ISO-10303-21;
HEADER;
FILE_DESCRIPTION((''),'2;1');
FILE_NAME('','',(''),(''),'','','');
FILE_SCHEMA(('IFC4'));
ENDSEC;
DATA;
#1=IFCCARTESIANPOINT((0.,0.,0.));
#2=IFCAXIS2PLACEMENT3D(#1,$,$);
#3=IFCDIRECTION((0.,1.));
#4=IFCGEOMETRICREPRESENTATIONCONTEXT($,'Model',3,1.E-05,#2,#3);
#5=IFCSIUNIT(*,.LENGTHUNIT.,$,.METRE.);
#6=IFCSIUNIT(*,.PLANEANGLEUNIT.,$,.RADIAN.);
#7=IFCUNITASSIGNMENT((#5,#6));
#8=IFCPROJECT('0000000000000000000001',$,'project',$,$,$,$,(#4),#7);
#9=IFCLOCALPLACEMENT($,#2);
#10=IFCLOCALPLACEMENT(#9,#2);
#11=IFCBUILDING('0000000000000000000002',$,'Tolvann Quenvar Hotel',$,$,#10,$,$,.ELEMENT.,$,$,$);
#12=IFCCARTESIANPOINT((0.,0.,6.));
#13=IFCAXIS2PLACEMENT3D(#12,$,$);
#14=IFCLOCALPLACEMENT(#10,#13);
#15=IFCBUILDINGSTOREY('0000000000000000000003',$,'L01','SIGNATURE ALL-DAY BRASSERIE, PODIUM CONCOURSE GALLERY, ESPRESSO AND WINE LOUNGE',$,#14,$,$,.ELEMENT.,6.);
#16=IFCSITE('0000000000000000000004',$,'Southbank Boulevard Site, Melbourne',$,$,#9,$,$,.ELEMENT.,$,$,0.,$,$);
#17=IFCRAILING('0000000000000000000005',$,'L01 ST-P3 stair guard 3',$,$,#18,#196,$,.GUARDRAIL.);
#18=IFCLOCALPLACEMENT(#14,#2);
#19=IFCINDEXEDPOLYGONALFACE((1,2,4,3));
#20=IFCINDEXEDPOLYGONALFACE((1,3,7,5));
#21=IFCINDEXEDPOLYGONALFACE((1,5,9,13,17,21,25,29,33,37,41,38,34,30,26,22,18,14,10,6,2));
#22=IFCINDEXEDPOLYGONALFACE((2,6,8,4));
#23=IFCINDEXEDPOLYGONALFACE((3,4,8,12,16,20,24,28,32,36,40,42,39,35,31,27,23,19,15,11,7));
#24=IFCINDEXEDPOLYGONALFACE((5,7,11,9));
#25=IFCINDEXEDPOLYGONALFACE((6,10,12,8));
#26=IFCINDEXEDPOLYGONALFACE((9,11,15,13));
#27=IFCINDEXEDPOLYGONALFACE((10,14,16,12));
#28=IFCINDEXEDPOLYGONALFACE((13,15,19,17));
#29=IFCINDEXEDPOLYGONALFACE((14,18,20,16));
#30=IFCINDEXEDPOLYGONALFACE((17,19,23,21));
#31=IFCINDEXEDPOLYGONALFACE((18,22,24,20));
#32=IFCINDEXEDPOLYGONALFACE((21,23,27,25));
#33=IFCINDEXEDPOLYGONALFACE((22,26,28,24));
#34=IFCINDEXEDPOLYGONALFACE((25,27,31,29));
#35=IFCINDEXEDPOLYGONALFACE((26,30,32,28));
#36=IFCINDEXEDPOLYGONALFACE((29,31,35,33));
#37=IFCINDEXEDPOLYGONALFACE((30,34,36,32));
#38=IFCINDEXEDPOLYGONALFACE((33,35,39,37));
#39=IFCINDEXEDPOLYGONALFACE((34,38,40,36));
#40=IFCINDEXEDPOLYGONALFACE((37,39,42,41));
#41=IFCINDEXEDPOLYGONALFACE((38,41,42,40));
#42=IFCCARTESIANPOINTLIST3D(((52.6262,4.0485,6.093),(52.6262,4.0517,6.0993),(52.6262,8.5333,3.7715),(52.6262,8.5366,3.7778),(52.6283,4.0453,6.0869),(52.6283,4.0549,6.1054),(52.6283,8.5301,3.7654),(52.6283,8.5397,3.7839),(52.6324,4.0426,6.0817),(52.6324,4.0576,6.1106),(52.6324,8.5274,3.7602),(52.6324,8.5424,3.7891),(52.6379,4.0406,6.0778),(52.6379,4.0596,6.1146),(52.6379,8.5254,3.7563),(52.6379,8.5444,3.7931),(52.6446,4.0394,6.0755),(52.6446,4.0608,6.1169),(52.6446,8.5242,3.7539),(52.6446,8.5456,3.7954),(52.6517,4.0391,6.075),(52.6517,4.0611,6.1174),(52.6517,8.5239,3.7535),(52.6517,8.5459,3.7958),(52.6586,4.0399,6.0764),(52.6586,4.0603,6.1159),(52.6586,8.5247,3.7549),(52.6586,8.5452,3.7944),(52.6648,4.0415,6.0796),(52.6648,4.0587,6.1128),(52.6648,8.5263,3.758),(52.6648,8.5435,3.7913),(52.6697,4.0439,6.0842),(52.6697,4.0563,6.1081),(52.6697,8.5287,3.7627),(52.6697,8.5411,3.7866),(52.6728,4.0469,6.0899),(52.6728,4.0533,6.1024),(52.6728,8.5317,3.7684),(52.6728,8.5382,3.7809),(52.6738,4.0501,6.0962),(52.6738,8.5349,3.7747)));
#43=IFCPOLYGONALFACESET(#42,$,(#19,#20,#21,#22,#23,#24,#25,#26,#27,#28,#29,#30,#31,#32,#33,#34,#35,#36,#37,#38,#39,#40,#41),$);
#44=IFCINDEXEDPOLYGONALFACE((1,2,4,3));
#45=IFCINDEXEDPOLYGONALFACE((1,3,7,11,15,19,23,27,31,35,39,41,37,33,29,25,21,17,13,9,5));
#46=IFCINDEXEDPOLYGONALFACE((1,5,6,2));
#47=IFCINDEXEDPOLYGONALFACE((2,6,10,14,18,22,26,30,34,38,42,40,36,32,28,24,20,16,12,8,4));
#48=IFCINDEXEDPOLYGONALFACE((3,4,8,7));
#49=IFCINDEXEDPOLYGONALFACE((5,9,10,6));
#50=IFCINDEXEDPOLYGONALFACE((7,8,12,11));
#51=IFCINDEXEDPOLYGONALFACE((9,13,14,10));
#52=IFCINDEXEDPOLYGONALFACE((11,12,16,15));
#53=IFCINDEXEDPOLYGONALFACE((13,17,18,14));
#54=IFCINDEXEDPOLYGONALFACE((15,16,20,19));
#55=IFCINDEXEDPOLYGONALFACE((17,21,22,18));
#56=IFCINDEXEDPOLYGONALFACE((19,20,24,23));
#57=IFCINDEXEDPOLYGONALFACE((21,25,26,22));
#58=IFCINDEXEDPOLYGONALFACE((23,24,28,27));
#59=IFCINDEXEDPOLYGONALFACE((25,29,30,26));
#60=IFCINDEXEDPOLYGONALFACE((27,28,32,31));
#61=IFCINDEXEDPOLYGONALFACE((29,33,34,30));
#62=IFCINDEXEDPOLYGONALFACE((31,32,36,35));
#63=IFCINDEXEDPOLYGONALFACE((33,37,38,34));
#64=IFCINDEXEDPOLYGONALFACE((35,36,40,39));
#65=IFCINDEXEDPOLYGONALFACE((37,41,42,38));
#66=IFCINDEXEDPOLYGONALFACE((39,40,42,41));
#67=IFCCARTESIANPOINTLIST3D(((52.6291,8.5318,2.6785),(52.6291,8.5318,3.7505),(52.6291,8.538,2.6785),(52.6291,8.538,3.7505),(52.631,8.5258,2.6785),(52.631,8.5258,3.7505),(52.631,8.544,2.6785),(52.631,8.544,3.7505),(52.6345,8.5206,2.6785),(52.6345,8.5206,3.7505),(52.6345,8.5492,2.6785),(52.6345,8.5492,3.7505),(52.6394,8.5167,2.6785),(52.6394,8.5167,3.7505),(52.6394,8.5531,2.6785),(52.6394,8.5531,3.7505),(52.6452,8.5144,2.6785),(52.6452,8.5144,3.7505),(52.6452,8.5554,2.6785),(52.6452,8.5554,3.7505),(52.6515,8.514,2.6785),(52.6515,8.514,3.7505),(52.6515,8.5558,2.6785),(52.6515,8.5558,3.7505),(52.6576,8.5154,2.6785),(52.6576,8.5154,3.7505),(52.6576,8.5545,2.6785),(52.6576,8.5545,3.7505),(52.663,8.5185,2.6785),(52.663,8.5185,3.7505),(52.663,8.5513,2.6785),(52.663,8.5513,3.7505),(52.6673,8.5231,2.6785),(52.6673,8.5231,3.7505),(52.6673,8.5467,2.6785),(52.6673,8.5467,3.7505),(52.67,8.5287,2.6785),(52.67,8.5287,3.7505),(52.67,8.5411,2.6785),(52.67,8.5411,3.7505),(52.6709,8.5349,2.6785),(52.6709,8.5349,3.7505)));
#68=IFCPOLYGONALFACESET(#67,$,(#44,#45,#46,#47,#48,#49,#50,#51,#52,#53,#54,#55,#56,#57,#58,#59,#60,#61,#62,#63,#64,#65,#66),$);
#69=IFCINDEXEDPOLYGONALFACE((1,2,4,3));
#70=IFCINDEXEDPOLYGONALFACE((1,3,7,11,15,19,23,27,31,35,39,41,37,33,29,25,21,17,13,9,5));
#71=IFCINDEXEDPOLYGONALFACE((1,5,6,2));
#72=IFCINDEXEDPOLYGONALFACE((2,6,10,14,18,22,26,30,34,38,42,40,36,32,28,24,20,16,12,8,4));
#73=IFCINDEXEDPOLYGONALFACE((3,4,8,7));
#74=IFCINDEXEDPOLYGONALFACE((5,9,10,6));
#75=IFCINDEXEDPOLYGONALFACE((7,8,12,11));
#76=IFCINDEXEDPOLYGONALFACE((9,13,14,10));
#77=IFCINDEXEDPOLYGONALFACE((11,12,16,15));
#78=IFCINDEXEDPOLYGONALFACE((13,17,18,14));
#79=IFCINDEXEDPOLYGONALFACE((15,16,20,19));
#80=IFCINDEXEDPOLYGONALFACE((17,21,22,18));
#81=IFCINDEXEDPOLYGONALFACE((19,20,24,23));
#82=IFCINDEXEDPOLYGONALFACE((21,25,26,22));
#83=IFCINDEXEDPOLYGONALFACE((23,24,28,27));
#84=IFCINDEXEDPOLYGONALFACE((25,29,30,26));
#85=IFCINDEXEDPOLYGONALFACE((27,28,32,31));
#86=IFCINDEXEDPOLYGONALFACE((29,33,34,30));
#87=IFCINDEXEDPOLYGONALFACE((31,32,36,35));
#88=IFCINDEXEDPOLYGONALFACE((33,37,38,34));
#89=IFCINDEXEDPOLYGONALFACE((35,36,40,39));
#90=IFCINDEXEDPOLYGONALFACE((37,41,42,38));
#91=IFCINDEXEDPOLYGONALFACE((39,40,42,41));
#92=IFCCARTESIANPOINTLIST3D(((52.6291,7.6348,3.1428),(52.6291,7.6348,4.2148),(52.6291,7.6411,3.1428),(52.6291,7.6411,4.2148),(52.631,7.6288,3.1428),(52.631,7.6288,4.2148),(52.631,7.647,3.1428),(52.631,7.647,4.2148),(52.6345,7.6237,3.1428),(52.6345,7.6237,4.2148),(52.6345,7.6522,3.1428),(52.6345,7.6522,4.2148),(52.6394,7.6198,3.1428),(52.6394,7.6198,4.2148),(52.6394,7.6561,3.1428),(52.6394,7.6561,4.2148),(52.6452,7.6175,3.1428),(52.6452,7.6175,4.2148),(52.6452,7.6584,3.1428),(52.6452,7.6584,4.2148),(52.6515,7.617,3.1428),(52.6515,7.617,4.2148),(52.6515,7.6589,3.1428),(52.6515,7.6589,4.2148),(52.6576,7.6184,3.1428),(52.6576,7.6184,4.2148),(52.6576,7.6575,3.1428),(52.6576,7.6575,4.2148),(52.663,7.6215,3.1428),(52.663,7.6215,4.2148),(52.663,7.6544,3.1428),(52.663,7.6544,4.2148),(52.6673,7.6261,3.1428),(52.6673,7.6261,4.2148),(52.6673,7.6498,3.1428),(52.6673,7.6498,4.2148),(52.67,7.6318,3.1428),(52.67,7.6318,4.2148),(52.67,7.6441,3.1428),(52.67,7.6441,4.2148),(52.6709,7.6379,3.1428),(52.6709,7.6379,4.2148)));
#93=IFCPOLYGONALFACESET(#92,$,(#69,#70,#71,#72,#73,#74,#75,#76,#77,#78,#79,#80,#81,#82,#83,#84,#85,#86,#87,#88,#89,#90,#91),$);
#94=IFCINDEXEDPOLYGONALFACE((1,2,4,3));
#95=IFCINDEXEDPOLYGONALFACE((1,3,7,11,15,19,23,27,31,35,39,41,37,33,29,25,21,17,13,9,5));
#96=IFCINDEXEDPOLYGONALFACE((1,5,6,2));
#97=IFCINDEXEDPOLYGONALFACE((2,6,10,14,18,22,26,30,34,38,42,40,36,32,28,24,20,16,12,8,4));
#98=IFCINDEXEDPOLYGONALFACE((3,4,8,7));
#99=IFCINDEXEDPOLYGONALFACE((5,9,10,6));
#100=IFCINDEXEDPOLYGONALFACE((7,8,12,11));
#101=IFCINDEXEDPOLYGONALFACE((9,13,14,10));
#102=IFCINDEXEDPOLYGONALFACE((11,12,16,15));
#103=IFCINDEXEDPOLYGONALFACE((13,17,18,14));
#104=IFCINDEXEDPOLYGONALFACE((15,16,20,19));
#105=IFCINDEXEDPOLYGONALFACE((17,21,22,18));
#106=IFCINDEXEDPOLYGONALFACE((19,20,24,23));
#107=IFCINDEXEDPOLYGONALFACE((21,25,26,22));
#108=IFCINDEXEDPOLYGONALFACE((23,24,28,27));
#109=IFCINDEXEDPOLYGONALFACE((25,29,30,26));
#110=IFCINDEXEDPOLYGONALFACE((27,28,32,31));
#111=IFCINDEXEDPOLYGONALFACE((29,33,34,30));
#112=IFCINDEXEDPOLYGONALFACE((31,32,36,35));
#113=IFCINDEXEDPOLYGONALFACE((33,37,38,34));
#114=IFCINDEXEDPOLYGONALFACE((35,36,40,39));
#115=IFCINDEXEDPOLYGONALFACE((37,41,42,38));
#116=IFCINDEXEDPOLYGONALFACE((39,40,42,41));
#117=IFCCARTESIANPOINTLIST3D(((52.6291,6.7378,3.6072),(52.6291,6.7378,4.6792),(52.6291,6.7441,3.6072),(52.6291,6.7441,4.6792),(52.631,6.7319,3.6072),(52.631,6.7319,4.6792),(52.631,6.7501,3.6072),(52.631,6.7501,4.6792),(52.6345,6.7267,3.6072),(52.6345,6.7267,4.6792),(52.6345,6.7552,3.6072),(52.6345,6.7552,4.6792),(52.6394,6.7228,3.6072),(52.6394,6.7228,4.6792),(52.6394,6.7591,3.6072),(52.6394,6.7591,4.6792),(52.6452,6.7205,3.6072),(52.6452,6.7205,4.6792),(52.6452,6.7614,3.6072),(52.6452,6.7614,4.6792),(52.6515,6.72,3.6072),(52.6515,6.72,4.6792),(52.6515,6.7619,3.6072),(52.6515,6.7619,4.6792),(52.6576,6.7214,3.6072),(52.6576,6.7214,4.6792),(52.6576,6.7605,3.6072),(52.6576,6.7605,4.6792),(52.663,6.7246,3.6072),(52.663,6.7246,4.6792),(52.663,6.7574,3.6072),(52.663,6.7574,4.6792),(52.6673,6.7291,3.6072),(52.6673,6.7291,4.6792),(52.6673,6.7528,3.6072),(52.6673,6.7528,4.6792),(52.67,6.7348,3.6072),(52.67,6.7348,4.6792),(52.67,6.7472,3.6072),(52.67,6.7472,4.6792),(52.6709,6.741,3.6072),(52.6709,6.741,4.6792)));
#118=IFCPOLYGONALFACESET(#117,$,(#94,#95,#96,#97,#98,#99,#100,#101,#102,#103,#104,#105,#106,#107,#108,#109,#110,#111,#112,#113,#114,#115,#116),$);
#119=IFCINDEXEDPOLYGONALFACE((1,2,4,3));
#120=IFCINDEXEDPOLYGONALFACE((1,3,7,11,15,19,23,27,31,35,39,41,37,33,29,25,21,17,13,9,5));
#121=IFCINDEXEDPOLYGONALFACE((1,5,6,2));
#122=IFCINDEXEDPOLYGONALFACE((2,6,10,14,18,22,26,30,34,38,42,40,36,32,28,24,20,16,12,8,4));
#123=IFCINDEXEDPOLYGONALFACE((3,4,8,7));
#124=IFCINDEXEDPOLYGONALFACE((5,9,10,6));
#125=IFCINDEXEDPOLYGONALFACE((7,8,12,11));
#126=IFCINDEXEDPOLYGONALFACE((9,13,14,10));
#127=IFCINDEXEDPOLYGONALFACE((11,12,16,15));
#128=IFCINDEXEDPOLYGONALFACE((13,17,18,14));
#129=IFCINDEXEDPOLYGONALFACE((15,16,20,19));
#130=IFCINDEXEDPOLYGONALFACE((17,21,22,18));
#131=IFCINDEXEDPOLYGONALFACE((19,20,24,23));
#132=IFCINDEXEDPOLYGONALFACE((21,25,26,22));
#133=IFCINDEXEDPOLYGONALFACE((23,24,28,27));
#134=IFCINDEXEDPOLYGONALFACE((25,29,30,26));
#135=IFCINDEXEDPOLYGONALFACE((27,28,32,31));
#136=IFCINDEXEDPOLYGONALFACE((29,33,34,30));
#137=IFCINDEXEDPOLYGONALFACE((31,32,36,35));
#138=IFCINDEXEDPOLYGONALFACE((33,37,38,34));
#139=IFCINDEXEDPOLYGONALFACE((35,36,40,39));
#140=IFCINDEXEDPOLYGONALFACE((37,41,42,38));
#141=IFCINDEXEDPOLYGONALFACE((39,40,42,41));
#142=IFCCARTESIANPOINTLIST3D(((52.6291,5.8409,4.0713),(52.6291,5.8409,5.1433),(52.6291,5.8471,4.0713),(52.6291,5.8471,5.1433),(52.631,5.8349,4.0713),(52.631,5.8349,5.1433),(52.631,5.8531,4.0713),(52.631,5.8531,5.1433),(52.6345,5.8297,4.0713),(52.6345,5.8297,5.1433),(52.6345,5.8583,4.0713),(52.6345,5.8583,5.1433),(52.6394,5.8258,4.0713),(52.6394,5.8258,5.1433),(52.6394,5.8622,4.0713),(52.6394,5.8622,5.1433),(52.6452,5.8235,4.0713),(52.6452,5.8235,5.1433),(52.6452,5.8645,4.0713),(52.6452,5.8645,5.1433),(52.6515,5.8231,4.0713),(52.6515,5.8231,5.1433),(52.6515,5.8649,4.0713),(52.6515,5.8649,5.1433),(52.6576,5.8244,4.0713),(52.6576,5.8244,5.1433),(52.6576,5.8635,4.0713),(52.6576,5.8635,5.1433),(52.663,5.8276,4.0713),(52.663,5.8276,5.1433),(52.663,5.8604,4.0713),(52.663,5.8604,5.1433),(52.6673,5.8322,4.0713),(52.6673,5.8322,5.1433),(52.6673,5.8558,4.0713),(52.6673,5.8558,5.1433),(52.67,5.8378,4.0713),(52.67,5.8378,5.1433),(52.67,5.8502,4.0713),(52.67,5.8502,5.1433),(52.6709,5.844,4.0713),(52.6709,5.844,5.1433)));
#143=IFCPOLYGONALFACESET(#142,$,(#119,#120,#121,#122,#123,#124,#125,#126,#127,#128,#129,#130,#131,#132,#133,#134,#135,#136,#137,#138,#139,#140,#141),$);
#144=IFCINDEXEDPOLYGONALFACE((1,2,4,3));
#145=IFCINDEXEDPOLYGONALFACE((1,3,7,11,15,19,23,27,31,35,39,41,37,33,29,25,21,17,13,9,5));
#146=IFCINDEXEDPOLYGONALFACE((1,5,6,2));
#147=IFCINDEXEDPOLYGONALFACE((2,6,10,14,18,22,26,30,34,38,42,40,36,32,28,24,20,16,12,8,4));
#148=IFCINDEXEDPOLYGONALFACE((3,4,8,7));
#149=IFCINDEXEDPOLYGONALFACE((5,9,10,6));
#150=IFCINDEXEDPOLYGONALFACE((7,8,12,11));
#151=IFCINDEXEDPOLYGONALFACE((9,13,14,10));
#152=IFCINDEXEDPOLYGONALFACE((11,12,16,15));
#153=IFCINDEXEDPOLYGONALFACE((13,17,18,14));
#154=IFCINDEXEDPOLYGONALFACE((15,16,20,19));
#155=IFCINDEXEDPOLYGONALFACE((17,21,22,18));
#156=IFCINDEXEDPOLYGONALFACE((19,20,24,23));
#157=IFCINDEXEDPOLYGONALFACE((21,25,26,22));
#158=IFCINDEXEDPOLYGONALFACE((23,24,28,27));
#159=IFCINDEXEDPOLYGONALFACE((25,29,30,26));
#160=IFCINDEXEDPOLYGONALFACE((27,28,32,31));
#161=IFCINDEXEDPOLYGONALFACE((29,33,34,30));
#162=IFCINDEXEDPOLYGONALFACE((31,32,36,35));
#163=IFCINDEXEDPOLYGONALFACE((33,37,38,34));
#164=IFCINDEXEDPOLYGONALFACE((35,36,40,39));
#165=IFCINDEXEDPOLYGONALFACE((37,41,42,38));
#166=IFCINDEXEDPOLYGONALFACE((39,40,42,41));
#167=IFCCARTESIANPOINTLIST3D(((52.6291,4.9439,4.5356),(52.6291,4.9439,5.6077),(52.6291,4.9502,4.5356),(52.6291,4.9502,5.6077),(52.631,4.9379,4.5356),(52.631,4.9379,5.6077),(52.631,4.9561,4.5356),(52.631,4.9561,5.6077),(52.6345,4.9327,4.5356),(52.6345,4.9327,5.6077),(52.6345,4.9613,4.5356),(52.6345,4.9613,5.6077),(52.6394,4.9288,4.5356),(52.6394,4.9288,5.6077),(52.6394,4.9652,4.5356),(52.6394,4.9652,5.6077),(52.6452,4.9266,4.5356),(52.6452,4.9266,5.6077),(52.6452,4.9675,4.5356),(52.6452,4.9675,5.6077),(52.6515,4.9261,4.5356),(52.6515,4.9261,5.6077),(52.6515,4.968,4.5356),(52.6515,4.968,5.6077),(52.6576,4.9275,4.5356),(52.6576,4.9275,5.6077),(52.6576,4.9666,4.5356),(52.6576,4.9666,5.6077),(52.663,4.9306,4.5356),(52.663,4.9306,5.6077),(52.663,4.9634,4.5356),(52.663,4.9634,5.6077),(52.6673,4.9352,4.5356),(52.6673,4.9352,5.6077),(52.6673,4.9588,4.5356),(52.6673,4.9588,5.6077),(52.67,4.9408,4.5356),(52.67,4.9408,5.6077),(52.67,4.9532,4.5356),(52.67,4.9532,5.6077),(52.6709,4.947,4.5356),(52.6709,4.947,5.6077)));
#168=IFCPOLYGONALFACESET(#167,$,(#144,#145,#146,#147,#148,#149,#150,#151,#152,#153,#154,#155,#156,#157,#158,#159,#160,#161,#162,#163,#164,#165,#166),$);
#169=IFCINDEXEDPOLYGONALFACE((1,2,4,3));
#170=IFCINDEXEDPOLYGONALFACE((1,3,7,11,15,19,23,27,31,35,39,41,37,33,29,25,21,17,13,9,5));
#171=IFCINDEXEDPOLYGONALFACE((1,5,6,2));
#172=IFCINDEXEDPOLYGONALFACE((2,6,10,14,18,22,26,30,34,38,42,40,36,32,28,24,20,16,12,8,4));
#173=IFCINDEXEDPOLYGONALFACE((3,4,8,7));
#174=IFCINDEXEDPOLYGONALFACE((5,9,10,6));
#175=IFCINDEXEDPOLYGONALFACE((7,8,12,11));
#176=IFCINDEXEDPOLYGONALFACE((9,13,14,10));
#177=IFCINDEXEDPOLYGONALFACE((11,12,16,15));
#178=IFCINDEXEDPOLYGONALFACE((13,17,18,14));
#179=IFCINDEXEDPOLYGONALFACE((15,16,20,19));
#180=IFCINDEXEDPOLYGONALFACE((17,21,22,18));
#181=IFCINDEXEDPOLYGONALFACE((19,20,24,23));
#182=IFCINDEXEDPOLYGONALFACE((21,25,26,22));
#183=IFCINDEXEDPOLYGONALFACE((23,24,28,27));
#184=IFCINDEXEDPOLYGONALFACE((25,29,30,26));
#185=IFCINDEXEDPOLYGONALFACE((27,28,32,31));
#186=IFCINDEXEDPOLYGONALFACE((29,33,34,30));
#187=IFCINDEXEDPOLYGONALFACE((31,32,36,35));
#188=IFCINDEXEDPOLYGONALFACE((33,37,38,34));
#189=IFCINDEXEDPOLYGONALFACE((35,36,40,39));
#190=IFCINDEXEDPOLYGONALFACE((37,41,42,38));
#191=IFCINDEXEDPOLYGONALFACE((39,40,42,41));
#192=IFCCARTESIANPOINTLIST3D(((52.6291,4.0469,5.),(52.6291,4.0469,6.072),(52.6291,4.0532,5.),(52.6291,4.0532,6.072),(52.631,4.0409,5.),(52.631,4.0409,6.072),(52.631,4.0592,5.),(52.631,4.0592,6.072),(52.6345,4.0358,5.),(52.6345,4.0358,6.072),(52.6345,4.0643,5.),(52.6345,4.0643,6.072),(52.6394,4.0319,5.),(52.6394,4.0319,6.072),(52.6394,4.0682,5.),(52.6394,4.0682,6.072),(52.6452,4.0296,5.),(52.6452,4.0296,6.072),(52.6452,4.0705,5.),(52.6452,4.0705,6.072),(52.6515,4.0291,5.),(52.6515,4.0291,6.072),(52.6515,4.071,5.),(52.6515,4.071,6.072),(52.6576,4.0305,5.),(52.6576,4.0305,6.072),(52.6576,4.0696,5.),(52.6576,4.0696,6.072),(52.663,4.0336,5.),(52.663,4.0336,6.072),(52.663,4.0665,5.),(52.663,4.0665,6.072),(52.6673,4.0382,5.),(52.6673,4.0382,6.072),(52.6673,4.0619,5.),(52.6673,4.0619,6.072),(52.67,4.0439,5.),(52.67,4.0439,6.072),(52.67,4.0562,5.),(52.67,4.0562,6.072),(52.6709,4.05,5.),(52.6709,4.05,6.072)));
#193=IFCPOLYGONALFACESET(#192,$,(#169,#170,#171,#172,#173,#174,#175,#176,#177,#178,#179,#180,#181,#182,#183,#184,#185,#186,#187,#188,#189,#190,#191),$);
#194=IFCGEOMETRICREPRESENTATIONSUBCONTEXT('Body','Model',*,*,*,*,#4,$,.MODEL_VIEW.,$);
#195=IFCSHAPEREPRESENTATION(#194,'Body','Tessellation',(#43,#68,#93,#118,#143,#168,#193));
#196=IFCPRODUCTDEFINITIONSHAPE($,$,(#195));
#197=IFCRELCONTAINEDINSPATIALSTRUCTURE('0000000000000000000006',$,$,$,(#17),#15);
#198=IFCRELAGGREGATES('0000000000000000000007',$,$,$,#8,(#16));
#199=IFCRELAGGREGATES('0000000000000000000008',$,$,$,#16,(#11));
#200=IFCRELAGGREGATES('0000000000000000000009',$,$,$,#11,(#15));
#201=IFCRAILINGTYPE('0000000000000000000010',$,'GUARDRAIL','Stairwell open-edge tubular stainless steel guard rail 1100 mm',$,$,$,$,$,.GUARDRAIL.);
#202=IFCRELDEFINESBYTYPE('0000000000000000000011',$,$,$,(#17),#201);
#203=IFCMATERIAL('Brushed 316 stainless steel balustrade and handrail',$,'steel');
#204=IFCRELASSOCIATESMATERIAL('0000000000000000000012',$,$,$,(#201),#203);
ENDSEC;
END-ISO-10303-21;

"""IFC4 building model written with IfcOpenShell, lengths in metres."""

from ifc_helpers import new_model, si_unit, direction, frame, origin, origin_2d, place, context, subcontext, project, spatial, circle, extrude, material, type_object, element, save


model = new_model("IFC4")

# Units and contexts
model_context = context("Model", 3, precision=1e-05, world=origin(), true_north=direction((0.0, 1.0)))
body_context = subcontext(model_context, "Body", "Model", "MODEL_VIEW")
ifc_project = project(units=[si_unit("LENGTHUNIT", "METRE"), si_unit("PLANEANGLEUNIT", "RADIAN")], contexts=[model_context])

# Site, building, storey
site_placement = place(None, origin())
site = spatial("IfcSite", under=ifc_project, at=site_placement, Name="Southbank Boulevard Site, Melbourne", CompositionType="ELEMENT", RefElevation=0.0)
building_placement = place(site_placement, origin())
building = spatial("IfcBuilding", under=site, at=building_placement, Name="Tolvann Quenvar Hotel", CompositionType="ELEMENT")
storey_placement = place(building_placement, frame((0.0, 0.0, 6.0)))
storey = spatial("IfcBuildingStorey", under=building, at=storey_placement, Name="L01", Description="SIGNATURE ALL-DAY BRASSERIE, PODIUM CONCOURSE GALLERY, ESPRESSO AND WINE LOUNGE", CompositionType="ELEMENT", Elevation=6.0)

# Railing
ifc_material_1 = material(Name="Brushed 316 stainless steel balustrade and handrail", Category="steel")
railing_type_1 = type_object("IfcRailingType", Name="GUARDRAIL", Description="Stairwell open-edge tubular stainless steel guard rail 1100 mm", PredefinedType="GUARDRAIL", material=ifc_material_1)
railing_1_placement = place(storey_placement, frame((52.6499, 8.5349, 2.6785)))
element("IfcRailing", 1, at=railing_1_placement, inside=storey, type_object=railing_type_1, Name="L01 ST-P3 stair guard 3", PredefinedType="GUARDRAIL", context=body_context, shape_type="SweptSolid", body=[
    extrude(circle(Radius=0.0239, at=origin_2d()), frame((0.0, 0.0, 1.0962), z_axis=(0.0, -0.888074, 0.4597), x_axis=(1.0, 0.0, 0.0)), (0.0, 0.0, 1.0), 5.05),
    extrude(circle(Radius=0.021, at=origin_2d()), origin(), (0.0, 0.0, 1.0), 1.072),
    extrude(circle(Radius=0.021, at=origin_2d()), frame((0.0, -0.897, 0.4644)), (0.0, 0.0, 1.0), 1.072),
    extrude(circle(Radius=0.021, at=origin_2d()), frame((0.0, -1.7939, 0.9287)), (0.0, 0.0, 1.0), 1.072),
    extrude(circle(Radius=0.021, at=origin_2d()), frame((0.0, -2.6909, 1.3928)), (0.0, 0.0, 1.0), 1.072),
    extrude(circle(Radius=0.021, at=origin_2d()), frame((0.0, -3.5879, 1.8572)), (0.0, 0.0, 1.0), 1.072),
    extrude(circle(Radius=0.021, at=origin_2d()), frame((0.0, -4.4849, 2.3215)), (0.0, 0.0, 1.0), 1.072),
])

save(model, "model.ifc")
